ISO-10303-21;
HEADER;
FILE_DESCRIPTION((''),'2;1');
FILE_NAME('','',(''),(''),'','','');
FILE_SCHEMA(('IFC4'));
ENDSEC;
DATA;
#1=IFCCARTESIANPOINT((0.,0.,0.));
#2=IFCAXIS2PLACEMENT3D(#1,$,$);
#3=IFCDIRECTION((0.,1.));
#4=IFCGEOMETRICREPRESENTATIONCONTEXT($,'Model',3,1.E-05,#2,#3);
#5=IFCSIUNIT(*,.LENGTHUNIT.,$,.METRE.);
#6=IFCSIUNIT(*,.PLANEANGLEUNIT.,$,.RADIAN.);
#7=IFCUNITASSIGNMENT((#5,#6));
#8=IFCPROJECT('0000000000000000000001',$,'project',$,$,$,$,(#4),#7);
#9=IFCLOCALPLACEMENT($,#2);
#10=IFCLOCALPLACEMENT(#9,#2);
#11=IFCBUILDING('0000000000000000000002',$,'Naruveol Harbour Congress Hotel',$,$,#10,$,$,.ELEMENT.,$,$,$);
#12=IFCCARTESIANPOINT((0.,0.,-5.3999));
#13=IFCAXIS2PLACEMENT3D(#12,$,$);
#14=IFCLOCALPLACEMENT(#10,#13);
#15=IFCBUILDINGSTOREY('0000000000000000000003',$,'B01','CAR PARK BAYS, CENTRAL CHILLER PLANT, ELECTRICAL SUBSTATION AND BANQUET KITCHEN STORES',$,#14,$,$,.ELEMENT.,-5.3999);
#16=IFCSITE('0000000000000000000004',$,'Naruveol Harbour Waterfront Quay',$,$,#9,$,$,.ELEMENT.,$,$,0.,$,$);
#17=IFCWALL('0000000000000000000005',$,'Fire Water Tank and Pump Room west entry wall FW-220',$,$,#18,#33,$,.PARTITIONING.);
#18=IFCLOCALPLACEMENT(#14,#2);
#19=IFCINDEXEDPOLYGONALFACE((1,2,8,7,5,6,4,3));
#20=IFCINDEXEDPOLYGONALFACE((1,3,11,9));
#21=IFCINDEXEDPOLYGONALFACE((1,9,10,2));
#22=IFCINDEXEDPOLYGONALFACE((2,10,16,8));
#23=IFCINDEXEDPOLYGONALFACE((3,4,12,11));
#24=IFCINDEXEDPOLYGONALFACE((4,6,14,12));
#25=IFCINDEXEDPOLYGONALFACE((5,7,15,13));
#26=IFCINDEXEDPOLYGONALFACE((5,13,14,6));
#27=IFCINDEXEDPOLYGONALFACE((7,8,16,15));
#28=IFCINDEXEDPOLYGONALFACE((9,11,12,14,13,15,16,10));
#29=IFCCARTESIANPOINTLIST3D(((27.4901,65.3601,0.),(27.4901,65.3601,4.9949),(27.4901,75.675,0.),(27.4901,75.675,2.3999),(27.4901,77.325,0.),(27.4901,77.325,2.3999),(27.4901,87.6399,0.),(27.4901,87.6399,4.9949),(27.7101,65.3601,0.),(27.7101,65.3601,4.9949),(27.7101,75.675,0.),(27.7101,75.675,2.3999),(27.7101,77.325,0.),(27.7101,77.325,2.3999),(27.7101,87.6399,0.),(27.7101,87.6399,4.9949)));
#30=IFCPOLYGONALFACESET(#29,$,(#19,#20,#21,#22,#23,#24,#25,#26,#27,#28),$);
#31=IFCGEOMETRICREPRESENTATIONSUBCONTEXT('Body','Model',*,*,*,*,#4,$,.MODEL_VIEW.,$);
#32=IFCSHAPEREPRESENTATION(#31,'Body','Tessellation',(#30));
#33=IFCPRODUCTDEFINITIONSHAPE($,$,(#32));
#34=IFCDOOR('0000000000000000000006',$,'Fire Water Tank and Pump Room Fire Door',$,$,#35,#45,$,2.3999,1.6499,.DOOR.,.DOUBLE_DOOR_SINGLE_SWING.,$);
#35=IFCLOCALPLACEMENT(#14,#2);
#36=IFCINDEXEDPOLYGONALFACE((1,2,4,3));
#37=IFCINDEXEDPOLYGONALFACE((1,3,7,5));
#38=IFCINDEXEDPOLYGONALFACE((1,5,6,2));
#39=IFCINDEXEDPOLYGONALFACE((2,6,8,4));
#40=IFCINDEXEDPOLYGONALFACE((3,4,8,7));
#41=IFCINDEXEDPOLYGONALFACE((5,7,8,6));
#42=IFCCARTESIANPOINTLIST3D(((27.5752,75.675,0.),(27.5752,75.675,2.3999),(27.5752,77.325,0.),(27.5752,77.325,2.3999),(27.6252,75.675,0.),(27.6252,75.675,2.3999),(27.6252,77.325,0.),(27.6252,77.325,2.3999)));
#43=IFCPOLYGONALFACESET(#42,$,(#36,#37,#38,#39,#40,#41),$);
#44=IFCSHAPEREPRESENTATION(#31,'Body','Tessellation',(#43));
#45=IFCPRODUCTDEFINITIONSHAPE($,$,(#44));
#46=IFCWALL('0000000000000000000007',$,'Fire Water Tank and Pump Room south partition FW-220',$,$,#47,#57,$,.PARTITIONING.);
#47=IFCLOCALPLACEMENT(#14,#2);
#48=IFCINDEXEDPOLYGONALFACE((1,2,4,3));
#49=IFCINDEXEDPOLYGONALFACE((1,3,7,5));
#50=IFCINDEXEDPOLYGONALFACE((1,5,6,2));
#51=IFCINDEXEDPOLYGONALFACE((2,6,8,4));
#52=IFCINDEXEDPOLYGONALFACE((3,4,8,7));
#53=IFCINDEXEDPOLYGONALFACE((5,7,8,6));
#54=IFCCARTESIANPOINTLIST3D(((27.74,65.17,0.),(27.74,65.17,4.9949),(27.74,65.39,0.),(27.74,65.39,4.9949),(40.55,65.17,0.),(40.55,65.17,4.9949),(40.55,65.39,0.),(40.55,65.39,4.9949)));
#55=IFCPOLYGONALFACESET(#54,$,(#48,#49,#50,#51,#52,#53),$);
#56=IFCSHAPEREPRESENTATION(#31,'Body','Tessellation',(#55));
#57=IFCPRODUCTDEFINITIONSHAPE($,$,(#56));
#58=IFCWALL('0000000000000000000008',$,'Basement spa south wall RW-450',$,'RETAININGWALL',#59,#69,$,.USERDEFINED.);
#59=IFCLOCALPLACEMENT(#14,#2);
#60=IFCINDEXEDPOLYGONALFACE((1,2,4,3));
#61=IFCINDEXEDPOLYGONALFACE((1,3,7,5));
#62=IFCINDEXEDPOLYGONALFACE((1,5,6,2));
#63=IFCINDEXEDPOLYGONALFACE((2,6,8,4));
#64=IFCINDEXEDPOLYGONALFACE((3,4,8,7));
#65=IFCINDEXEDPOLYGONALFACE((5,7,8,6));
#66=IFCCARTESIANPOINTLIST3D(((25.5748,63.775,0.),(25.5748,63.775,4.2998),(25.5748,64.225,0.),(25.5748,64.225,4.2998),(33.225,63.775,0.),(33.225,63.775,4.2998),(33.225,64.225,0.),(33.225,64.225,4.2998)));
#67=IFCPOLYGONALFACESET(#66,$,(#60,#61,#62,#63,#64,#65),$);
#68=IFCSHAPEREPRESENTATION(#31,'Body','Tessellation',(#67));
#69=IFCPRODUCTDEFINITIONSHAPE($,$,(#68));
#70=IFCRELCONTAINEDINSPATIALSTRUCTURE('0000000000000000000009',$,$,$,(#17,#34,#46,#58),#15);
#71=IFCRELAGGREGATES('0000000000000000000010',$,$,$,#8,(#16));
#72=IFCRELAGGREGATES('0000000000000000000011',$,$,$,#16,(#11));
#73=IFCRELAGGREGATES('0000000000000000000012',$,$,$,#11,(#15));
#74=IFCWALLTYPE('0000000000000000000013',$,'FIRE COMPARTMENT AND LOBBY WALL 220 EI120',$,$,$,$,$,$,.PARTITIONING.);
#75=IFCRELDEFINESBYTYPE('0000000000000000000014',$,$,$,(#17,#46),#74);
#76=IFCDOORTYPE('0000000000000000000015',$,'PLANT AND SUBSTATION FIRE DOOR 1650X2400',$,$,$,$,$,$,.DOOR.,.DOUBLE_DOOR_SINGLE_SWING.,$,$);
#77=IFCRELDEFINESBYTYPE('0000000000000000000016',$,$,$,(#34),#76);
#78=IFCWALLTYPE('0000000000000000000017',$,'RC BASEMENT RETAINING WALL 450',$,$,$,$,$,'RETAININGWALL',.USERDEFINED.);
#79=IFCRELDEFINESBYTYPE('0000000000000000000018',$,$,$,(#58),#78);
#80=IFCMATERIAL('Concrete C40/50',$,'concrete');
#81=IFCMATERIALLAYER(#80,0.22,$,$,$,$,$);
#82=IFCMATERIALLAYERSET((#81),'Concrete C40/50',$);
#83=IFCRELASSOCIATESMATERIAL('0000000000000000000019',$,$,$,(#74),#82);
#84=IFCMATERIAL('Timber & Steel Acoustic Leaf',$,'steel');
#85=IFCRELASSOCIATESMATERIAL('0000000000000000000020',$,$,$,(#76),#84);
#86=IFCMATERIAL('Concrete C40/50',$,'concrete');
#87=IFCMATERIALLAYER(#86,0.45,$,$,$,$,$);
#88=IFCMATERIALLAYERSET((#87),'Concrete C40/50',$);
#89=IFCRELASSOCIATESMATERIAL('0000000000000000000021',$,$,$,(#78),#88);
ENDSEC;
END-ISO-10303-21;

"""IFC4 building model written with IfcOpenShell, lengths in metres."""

from ifc_helpers import new_model, si_unit, direction, frame, frame_2d, origin, place, context, subcontext, project, spatial, rectangle, extrude, material, layer, layer_set, type_object, element, fill, save


model = new_model("IFC4")

# Units and contexts
model_context = context("Model", 3, precision=1e-05, world=origin(), true_north=direction((0.0, 1.0)))
body_context = subcontext(model_context, "Body", "Model", "MODEL_VIEW")
ifc_project = project(units=[si_unit("LENGTHUNIT", "METRE"), si_unit("PLANEANGLEUNIT", "RADIAN")], contexts=[model_context])

# Site, building, storey
site_placement = place(None, origin())
site = spatial("IfcSite", under=ifc_project, at=site_placement, Name="Naruveol Harbour Waterfront Quay", CompositionType="ELEMENT", RefElevation=0.0)
building_placement = place(site_placement, origin())
building = spatial("IfcBuilding", under=site, at=building_placement, Name="Naruveol Harbour Congress Hotel", CompositionType="ELEMENT")
storey_placement = place(building_placement, frame((0.0, 0.0, -5.3999)))
storey = spatial("IfcBuildingStorey", under=building, at=storey_placement, Name="B01", Description="CAR PARK BAYS, CENTRAL CHILLER PLANT, ELECTRICAL SUBSTATION AND BANQUET KITCHEN STORES", CompositionType="ELEMENT", Elevation=-5.3999)

# Wall, opening, door
ifc_material_1 = material(Name="Concrete C40/50", Category="concrete")
ifc_layer_1 = layer(ifc_material_1, 0.22)
ifc_layer_set_1 = layer_set([ifc_layer_1], Name="Concrete C40/50")
wall_type_1 = type_object("IfcWallType", Name="FIRE COMPARTMENT AND LOBBY WALL 220 EI120", PredefinedType="PARTITIONING", material=ifc_layer_set_1)
wall_1_placement = place(storey_placement, frame((27.6001, 65.3601, 0.0), z_axis=(0.0, 0.0, 1.0), x_axis=(0.0, 1.0, 0.0)))
wall_1 = element("IfcWall", 1, at=wall_1_placement, inside=storey, type_object=wall_type_1, Name="Fire Water Tank and Pump Room west entry wall FW-220", PredefinedType="PARTITIONING", context=body_context, shape_type="SweptSolid", body=[
    extrude(rectangle(XDim=22.2798, YDim=0.22, at=frame_2d((11.1399, 0.0))), origin(), (0.0, 0.0, 1.0), 4.9949),
])
opening_placement = place(wall_1_placement, frame((10.3149, 0.0, 0.0)))
opening = element("IfcOpeningElement", 2, at=opening_placement, cuts=wall_1, PredefinedType="OPENING", context=body_context, shape_type="SweptSolid", body=[
    extrude(rectangle(XDim=1.6499, YDim=2.3999, at=frame_2d((0.825, 1.2))), frame((0.0, 0.1199, 0.0), z_axis=(0.0, -1.0, 0.0), x_axis=(1.0, 0.0, 0.0)), (0.0, 0.0, 1.0), 0.24),
])
ifc_material_2 = material(Name="Timber & Steel Acoustic Leaf", Category="steel")
door_type = type_object("IfcDoorType", Name="PLANT AND SUBSTATION FIRE DOOR 1650X2400", OperationType="DOUBLE_DOOR_SINGLE_SWING", PredefinedType="DOOR", material=ifc_material_2)
door_placement = place(opening_placement, origin())
door = element("IfcDoor", 3, at=door_placement, inside=storey, type_object=door_type, Name="Fire Water Tank and Pump Room Fire Door", OperationType="DOUBLE_DOOR_SINGLE_SWING", OverallHeight=2.3999, OverallWidth=1.6499, PredefinedType="DOOR", context=body_context, shape_type="SweptSolid", body=[
    extrude(rectangle(XDim=1.6499, YDim=2.3999, at=frame_2d((0.825, 1.2))), frame((0.0, 0.0249, 0.0), z_axis=(0.0, -1.0, 0.0), x_axis=(1.0, 0.0, 0.0)), (0.0, 0.0, 1.0), 0.05),
])
fill(opening, door)

# Walls
wall_2_placement = place(storey_placement, frame((27.74, 65.28, 0.0), z_axis=(0.0, 0.0, 1.0), x_axis=(1.0, 0.0, 0.0)))
element("IfcWall", 4, at=wall_2_placement, inside=storey, type_object=wall_type_1, Name="Fire Water Tank and Pump Room south partition FW-220", PredefinedType="PARTITIONING", context=body_context, shape_type="SweptSolid", body=[
    extrude(rectangle(XDim=12.8101, YDim=0.22, at=frame_2d((6.405, 0.0))), origin(), (0.0, 0.0, 1.0), 4.9949),
])
ifc_material_3 = material(Name="Concrete C40/50", Category="concrete")
ifc_layer_2 = layer(ifc_material_3, 0.45)
ifc_layer_set_2 = layer_set([ifc_layer_2], Name="Concrete C40/50")
wall_type_2 = type_object("IfcWallType", Name="RC BASEMENT RETAINING WALL 450", ElementType="RETAININGWALL", PredefinedType="USERDEFINED", material=ifc_layer_set_2)
wall_3_placement = place(storey_placement, frame((33.2251, 64.0, 0.0), z_axis=(0.0, 0.0, 1.0), x_axis=(-1.0, 0.0, 0.0)))
element("IfcWall", 5, at=wall_3_placement, inside=storey, type_object=wall_type_2, Name="Basement spa south wall RW-450", ObjectType="RETAININGWALL", PredefinedType="USERDEFINED", context=body_context, shape_type="SweptSolid", body=[
    extrude(rectangle(XDim=7.6501, YDim=0.45, at=frame_2d((3.8252, 0.0))), origin(), (0.0, 0.0, 1.0), 4.2998),
])

save(model, "model.ifc")
